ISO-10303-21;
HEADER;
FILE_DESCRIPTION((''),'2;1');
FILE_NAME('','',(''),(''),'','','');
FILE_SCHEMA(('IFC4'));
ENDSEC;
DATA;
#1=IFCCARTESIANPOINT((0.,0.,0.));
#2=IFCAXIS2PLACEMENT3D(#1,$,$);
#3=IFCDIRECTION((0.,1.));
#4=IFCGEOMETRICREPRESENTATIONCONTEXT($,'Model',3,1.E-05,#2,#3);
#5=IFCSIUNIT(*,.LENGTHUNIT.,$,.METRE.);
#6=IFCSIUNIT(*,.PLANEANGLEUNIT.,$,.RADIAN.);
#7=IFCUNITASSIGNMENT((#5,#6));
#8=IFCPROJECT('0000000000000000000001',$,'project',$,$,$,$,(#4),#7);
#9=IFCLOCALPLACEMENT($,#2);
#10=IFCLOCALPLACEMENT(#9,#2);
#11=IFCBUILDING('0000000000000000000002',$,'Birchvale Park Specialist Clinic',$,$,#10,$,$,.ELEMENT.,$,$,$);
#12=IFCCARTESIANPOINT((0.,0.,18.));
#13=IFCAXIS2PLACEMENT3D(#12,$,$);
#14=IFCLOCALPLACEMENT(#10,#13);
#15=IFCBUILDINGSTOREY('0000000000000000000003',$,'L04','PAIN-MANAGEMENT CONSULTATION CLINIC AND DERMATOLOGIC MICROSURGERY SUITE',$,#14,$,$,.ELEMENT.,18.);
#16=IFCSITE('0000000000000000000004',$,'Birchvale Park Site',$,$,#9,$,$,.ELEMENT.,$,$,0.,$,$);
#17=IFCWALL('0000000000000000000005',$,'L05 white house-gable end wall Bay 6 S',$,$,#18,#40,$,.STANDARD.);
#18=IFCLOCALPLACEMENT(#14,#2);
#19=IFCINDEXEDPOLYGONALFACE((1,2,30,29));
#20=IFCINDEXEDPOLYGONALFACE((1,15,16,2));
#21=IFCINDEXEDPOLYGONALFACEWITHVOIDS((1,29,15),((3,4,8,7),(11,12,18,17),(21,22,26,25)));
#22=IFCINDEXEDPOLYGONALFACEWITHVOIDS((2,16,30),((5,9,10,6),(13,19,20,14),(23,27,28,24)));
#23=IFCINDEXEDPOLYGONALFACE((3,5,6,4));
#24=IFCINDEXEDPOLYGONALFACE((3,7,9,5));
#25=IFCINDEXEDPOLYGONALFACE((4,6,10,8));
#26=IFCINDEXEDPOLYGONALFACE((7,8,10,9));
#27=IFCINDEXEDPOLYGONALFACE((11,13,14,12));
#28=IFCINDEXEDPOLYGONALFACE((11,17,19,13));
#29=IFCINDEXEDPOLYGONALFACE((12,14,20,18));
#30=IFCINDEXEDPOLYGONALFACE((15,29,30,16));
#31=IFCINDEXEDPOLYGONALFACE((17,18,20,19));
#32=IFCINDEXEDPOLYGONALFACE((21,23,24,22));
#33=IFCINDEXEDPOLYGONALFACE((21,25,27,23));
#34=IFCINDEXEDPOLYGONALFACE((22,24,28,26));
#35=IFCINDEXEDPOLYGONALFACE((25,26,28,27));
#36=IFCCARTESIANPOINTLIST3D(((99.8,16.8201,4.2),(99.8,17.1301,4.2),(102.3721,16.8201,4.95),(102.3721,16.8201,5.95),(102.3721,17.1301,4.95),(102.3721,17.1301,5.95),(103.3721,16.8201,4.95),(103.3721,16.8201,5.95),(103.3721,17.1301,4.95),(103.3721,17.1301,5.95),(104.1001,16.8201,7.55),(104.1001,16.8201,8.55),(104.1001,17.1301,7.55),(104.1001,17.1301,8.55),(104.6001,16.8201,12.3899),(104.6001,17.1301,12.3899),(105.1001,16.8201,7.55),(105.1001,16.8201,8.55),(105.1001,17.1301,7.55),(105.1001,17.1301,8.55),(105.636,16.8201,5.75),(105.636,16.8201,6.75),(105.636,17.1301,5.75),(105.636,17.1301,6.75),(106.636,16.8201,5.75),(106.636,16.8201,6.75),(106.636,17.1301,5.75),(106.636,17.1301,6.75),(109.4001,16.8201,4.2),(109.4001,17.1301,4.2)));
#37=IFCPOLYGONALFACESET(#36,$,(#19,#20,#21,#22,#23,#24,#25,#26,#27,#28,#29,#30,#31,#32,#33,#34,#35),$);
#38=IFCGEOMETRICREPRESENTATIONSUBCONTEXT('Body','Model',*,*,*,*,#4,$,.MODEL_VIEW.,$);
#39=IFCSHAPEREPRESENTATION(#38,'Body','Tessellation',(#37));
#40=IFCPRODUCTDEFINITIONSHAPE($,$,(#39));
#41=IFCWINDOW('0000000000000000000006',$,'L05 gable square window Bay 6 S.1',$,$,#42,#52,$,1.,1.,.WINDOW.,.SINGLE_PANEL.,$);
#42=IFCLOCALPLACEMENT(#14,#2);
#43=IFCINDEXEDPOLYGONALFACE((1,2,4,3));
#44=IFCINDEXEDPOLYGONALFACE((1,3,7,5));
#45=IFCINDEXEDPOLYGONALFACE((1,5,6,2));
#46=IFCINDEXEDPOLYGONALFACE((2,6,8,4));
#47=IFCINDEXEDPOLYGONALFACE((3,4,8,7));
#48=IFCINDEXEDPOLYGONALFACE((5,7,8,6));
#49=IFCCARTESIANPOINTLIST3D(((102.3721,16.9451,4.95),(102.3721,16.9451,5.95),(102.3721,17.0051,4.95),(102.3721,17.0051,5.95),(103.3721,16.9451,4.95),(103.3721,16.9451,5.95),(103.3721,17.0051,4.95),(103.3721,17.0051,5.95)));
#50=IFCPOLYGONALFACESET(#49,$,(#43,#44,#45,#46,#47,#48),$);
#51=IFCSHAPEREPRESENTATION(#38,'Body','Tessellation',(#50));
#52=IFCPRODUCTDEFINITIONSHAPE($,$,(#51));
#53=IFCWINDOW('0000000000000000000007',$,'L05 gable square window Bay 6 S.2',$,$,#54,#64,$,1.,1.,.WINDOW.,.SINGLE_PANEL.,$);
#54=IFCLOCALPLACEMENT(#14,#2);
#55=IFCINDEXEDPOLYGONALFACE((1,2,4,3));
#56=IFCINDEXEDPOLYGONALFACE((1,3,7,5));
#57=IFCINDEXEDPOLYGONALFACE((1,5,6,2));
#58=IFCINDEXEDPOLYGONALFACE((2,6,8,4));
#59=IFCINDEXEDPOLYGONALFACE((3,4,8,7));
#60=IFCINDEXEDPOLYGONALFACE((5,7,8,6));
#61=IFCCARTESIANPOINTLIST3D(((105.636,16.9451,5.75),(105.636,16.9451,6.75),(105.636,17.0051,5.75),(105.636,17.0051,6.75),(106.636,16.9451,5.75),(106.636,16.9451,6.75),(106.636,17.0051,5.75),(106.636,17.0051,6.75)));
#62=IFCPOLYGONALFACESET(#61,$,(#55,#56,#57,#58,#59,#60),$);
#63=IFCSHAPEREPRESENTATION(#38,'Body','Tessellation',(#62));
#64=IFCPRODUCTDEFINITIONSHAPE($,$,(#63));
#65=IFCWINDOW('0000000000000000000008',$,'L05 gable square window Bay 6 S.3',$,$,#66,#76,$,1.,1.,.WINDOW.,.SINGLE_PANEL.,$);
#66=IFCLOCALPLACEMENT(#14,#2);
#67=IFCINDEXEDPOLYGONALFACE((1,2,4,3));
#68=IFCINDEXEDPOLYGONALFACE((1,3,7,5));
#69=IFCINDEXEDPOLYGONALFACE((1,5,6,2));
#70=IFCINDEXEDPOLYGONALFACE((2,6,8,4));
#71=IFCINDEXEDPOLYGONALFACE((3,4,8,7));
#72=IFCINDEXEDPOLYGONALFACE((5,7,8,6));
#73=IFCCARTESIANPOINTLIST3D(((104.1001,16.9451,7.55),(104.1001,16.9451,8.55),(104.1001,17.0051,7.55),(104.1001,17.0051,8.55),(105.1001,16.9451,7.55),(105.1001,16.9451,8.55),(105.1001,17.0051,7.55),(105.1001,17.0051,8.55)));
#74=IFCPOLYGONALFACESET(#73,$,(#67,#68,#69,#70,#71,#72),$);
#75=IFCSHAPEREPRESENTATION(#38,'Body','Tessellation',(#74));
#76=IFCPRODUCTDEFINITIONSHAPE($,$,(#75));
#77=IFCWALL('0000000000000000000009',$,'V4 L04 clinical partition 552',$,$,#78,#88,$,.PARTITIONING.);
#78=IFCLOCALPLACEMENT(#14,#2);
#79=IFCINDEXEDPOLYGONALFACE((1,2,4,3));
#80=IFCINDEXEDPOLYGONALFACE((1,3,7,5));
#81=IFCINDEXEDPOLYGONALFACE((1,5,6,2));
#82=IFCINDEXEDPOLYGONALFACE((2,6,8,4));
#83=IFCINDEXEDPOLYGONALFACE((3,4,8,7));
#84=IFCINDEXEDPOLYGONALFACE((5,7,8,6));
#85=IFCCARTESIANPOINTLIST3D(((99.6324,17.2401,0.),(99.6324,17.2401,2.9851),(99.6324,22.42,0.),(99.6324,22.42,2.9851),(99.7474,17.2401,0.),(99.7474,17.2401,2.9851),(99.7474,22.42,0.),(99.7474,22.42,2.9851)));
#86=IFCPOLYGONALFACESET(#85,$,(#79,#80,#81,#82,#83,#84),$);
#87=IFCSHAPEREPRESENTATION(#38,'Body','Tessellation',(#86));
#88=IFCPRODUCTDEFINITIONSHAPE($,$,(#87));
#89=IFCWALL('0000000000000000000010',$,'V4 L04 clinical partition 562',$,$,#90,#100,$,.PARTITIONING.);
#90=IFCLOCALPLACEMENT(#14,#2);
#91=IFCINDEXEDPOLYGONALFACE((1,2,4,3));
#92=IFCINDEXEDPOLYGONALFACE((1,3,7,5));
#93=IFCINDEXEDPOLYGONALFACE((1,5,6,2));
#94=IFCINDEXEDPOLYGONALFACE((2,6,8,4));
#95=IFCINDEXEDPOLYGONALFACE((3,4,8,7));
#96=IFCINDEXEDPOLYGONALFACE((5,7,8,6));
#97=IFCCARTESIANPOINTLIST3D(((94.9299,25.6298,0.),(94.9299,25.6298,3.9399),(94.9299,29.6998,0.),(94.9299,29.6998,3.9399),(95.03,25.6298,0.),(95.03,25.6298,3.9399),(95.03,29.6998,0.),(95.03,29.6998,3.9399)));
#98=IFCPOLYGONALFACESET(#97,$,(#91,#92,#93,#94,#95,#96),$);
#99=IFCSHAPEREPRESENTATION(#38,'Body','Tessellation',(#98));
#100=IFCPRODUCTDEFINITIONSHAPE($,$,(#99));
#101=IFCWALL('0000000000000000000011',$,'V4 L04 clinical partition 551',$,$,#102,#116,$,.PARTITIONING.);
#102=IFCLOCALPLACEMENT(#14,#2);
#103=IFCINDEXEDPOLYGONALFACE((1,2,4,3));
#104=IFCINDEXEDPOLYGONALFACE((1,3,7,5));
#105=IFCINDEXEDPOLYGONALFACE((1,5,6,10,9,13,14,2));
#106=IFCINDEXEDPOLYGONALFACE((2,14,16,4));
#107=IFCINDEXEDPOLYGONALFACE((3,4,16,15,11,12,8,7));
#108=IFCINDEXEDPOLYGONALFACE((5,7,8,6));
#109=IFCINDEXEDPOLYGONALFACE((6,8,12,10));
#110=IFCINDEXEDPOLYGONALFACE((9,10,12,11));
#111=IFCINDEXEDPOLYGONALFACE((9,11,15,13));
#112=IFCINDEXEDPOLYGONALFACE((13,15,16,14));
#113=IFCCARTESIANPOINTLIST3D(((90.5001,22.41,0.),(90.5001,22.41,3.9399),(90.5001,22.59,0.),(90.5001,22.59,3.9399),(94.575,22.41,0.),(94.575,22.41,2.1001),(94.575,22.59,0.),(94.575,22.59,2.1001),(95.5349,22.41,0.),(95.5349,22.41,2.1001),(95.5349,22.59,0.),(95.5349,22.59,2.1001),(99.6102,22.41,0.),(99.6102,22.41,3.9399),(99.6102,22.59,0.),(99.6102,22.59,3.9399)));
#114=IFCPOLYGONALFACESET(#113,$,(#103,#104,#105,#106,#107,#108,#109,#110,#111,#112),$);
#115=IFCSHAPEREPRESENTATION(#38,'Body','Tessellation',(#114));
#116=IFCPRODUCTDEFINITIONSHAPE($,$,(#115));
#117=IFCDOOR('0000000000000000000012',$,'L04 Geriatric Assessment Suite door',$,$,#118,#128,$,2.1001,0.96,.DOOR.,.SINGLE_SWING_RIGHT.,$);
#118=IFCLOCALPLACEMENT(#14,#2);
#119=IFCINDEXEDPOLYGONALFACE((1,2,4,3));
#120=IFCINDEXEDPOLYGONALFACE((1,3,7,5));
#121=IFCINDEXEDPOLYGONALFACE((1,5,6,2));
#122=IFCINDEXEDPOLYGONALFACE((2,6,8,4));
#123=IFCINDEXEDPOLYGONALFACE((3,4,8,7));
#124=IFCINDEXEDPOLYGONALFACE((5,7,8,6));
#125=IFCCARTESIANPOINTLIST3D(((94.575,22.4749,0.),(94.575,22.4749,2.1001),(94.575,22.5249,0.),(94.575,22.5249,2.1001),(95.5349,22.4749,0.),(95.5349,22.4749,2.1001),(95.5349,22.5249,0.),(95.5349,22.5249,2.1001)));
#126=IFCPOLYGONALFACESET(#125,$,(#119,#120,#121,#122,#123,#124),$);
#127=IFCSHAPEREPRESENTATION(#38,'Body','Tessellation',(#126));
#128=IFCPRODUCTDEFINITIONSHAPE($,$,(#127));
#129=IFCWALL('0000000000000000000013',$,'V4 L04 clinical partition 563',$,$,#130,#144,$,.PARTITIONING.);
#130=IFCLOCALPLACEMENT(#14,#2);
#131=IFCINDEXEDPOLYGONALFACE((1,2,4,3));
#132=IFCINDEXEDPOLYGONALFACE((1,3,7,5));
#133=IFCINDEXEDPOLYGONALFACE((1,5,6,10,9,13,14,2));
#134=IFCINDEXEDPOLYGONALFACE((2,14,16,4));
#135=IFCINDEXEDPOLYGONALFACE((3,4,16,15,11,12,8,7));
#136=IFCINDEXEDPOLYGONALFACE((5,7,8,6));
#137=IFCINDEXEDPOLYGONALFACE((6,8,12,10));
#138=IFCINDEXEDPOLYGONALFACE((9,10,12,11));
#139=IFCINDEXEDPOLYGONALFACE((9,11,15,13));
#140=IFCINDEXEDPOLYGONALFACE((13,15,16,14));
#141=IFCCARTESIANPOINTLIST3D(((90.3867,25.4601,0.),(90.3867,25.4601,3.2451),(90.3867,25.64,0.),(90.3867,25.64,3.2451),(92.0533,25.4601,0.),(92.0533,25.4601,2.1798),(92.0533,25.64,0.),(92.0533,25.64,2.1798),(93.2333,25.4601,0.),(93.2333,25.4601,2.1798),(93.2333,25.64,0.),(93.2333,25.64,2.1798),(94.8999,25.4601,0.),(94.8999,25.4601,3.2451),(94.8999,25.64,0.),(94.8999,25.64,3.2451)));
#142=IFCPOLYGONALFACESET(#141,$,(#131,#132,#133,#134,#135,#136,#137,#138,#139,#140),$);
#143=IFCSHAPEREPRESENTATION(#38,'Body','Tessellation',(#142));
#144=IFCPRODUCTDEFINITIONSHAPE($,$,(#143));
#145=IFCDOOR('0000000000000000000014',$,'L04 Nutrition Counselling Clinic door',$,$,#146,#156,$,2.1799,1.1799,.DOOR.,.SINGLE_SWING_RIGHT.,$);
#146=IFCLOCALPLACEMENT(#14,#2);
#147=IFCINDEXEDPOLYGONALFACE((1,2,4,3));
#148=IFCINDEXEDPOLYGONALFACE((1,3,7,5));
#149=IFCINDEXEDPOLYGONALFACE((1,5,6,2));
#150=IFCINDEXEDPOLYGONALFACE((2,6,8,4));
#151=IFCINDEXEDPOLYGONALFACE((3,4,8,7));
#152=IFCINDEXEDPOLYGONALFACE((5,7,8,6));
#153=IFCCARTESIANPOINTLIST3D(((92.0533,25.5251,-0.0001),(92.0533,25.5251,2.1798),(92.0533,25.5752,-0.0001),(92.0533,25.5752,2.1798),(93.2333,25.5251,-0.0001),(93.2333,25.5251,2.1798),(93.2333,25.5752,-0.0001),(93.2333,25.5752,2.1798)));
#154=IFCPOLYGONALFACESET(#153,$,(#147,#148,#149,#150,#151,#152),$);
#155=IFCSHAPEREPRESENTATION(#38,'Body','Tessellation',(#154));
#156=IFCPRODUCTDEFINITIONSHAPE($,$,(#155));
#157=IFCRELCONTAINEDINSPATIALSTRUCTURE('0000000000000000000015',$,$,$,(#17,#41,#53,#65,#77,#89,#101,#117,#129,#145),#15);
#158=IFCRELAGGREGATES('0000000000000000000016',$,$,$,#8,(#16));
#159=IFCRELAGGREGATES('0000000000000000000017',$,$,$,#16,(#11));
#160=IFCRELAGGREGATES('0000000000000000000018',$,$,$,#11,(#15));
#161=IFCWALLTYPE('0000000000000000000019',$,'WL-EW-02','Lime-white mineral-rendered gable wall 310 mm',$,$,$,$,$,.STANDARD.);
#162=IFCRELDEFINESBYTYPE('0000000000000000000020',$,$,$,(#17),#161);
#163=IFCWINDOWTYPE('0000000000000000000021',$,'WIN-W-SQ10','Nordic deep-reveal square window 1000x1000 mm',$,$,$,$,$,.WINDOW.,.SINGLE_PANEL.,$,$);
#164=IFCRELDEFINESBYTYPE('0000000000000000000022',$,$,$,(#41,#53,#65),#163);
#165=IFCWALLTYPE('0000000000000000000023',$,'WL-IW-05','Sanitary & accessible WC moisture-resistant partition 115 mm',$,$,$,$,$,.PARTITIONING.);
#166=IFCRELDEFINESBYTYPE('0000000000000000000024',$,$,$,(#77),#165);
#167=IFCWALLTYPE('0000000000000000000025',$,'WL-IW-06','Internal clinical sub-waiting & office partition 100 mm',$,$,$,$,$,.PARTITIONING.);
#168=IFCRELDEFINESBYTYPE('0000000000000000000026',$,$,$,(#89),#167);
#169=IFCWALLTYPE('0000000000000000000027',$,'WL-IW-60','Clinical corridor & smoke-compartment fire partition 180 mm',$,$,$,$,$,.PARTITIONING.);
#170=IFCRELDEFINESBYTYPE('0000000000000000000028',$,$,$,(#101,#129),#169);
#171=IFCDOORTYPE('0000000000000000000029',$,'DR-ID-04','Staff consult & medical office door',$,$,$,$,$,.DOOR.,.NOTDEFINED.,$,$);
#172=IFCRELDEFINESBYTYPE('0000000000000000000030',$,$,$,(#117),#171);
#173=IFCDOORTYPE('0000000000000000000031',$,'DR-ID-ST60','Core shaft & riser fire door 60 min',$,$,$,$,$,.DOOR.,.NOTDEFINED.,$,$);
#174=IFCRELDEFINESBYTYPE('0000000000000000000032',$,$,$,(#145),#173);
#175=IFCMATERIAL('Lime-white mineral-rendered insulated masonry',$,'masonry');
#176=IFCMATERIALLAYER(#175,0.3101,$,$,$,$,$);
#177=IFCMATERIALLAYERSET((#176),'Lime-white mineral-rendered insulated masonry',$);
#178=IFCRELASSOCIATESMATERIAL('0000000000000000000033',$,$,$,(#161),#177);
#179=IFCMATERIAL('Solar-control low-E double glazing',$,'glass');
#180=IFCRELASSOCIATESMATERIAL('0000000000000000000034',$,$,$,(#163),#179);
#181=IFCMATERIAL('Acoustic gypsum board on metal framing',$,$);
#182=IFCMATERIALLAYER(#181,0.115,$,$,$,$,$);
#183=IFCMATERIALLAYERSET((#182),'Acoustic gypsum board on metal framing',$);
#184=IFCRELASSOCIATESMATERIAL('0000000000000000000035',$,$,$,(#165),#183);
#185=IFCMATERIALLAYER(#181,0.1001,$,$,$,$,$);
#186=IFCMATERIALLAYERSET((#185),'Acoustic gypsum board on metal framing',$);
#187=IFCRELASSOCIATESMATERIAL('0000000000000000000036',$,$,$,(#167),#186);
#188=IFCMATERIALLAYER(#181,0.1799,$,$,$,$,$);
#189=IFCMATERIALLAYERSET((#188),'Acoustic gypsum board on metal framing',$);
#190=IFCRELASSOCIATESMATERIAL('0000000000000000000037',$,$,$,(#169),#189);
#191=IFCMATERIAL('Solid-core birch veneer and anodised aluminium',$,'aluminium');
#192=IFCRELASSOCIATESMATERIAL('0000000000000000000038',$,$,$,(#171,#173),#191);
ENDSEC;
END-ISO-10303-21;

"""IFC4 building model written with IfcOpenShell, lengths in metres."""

from ifc_helpers import new_model, si_unit, direction, frame, frame_2d, origin, place, context, subcontext, project, spatial, polyline, rectangle, outline, extrude, material, layer, layer_set, type_object, element, fill, save


model = new_model("IFC4")

# Units and contexts
model_context = context("Model", 3, precision=1e-05, world=origin(), true_north=direction((0.0, 1.0)))
body_context = subcontext(model_context, "Body", "Model", "MODEL_VIEW")
ifc_project = project(units=[si_unit("LENGTHUNIT", "METRE"), si_unit("PLANEANGLEUNIT", "RADIAN")], contexts=[model_context])

# Site, building, storey
site_placement = place(None, origin())
site = spatial("IfcSite", under=ifc_project, at=site_placement, Name="Birchvale Park Site", CompositionType="ELEMENT", RefElevation=0.0)
building_placement = place(site_placement, origin())
building = spatial("IfcBuilding", under=site, at=building_placement, Name="Birchvale Park Specialist Clinic", CompositionType="ELEMENT")
storey_placement = place(building_placement, frame((0.0, 0.0, 18.0)))
storey = spatial("IfcBuildingStorey", under=building, at=storey_placement, Name="L04", Description="PAIN-MANAGEMENT CONSULTATION CLINIC AND DERMATOLOGIC MICROSURGERY SUITE", CompositionType="ELEMENT", Elevation=18.0)

# Shared definitions
ifc_material_1 = material(Name="Solid-core birch veneer and anodised aluminium", Category="aluminium")

# Wall, openings, windows
ifc_material_2 = material(Name="Lime-white mineral-rendered insulated masonry", Category="masonry")
ifc_layer_1 = layer(ifc_material_2, 0.3101)
ifc_layer_set_1 = layer_set([ifc_layer_1], Name="Lime-white mineral-rendered insulated masonry")
wall_type_1 = type_object("IfcWallType", Name="WL-EW-02", Description="Lime-white mineral-rendered gable wall 310 mm", PredefinedType="STANDARD", material=ifc_layer_set_1)
wall_1_placement = place(storey_placement, frame((99.8, 16.9751, 4.2), z_axis=(0.0, 0.0, 1.0), x_axis=(1.0, 0.0, 0.0)))
wall_1 = element("IfcWall", 1, at=wall_1_placement, inside=storey, type_object=wall_type_1, Name="L05 white house-gable end wall Bay 6 S", PredefinedType="STANDARD", context=body_context, shape_type="SweptSolid", body=[
    extrude(outline(polyline([(0.0, 0.0), (9.5999, 0.0), (9.6001, 0.0), (4.8, 8.1899), (0.0, 0.0), (0.0, 0.0)])), frame((0.0, 0.155, 0.0), z_axis=(0.0, -1.0, 0.0), x_axis=(1.0, 0.0, 0.0)), (0.0, 0.0, 1.0), 0.3101),
])
opening_1_placement = place(wall_1_placement, frame((2.572, 0.0, 0.75)))
opening_1 = element("IfcOpeningElement", 2, at=opening_1_placement, cuts=wall_1, PredefinedType="OPENING", context=body_context, shape_type="SweptSolid", body=[
    extrude(rectangle(XDim=1.0, YDim=1.0, at=frame_2d((0.5, 0.5))), frame((0.0, 0.165, 0.0), z_axis=(0.0, -1.0, 0.0), x_axis=(1.0, 0.0, 0.0)), (0.0, 0.0, 1.0), 0.3301),
])
opening_2_placement = place(wall_1_placement, frame((5.8359, 0.0, 1.55)))
opening_2 = element("IfcOpeningElement", 3, at=opening_2_placement, cuts=wall_1, PredefinedType="OPENING", context=body_context, shape_type="SweptSolid", body=[
    extrude(rectangle(XDim=1.0, YDim=1.0, at=frame_2d((0.5, 0.5))), frame((0.0, 0.165, 0.0), z_axis=(0.0, -1.0, 0.0), x_axis=(1.0, 0.0, 0.0)), (0.0, 0.0, 1.0), 0.3301),
])
opening_3_placement = place(wall_1_placement, frame((4.3, 0.0, 3.3501)))
opening_3 = element("IfcOpeningElement", 4, at=opening_3_placement, cuts=wall_1, PredefinedType="OPENING", context=body_context, shape_type="SweptSolid", body=[
    extrude(rectangle(XDim=1.0, YDim=1.0, at=frame_2d((0.5, 0.5))), frame((0.0, 0.165, 0.0), z_axis=(0.0, -1.0, 0.0), x_axis=(1.0, 0.0, 0.0)), (0.0, 0.0, 1.0), 0.3301),
])
ifc_material_3 = material(Name="Solar-control low-E double glazing", Category="glass")
window_type = type_object("IfcWindowType", Name="WIN-W-SQ10", Description="Nordic deep-reveal square window 1000x1000 mm", PartitioningType="SINGLE_PANEL", PredefinedType="WINDOW", material=ifc_material_3)
window_1_placement = place(opening_1_placement, origin())
window_1 = element("IfcWindow", 5, at=window_1_placement, inside=storey, type_object=window_type, Name="L05 gable square window Bay 6 S.1", OverallHeight=1.0, OverallWidth=1.0, PartitioningType="SINGLE_PANEL", PredefinedType="WINDOW", context=body_context, shape_type="SweptSolid", body=[
    extrude(rectangle(XDim=1.0, YDim=1.0, at=frame_2d((0.5, 0.5))), frame((0.0, 0.03, 0.0), z_axis=(0.0, -1.0, 0.0), x_axis=(1.0, 0.0, 0.0)), (0.0, 0.0, 1.0), 0.0601),
])
fill(opening_1, window_1)
window_2_placement = place(opening_2_placement, origin())
window_2 = element("IfcWindow", 6, at=window_2_placement, inside=storey, type_object=window_type, Name="L05 gable square window Bay 6 S.2", OverallHeight=1.0, OverallWidth=1.0, PartitioningType="SINGLE_PANEL", PredefinedType="WINDOW", context=body_context, shape_type="SweptSolid", body=[
    extrude(rectangle(XDim=1.0, YDim=1.0, at=frame_2d((0.5, 0.5))), frame((0.0, 0.03, 0.0), z_axis=(0.0, -1.0, 0.0), x_axis=(1.0, 0.0, 0.0)), (0.0, 0.0, 1.0), 0.0601),
])
fill(opening_2, window_2)
window_3_placement = place(opening_3_placement, origin())
window_3 = element("IfcWindow", 7, at=window_3_placement, inside=storey, type_object=window_type, Name="L05 gable square window Bay 6 S.3", OverallHeight=1.0, OverallWidth=1.0, PartitioningType="SINGLE_PANEL", PredefinedType="WINDOW", context=body_context, shape_type="SweptSolid", body=[
    extrude(rectangle(XDim=1.0, YDim=1.0, at=frame_2d((0.5, 0.5))), frame((0.0, 0.03, 0.0), z_axis=(0.0, -1.0, 0.0), x_axis=(1.0, 0.0, 0.0)), (0.0, 0.0, 1.0), 0.0601),
])
fill(opening_3, window_3)

# Walls
ifc_material_4 = material(Name="Acoustic gypsum board on metal framing")
ifc_layer_2 = layer(ifc_material_4, 0.115)
ifc_layer_set_2 = layer_set([ifc_layer_2], Name="Acoustic gypsum board on metal framing")
wall_type_2 = type_object("IfcWallType", Name="WL-IW-05", Description="Sanitary & accessible WC moisture-resistant partition 115 mm", PredefinedType="PARTITIONING", material=ifc_layer_set_2)
wall_2_placement = place(storey_placement, frame((99.6899, 22.4199, 0.0), z_axis=(0.0, 0.0, 1.0), x_axis=(0.0, -1.0, 0.0)))
element("IfcWall", 8, at=wall_2_placement, inside=storey, type_object=wall_type_2, Name="V4 L04 clinical partition 552", PredefinedType="PARTITIONING", context=body_context, shape_type="SweptSolid", body=[
    extrude(rectangle(XDim=5.1799, YDim=0.115, at=frame_2d((2.5898, 0.0))), origin(), (0.0, 0.0, 1.0), 2.9851),
])
ifc_layer_3 = layer(ifc_material_4, 0.1001)
ifc_layer_set_3 = layer_set([ifc_layer_3], Name="Acoustic gypsum board on metal framing")
wall_type_3 = type_object("IfcWallType", Name="WL-IW-06", Description="Internal clinical sub-waiting & office partition 100 mm", PredefinedType="PARTITIONING", material=ifc_layer_set_3)
wall_3_placement = place(storey_placement, frame((94.98, 29.7, 0.0), z_axis=(0.0, 0.0, 1.0), x_axis=(0.0, -1.0, 0.0)))
element("IfcWall", 9, at=wall_3_placement, inside=storey, type_object=wall_type_3, Name="V4 L04 clinical partition 562", PredefinedType="PARTITIONING", context=body_context, shape_type="SweptSolid", body=[
    extrude(rectangle(XDim=4.0701, YDim=0.1001, at=frame_2d((2.0352, 0.0))), origin(), (0.0, 0.0, 1.0), 3.9399),
])

# Walls, openings, doors
ifc_layer_4 = layer(ifc_material_4, 0.1799)
ifc_layer_set_4 = layer_set([ifc_layer_4], Name="Acoustic gypsum board on metal framing")
wall_type_4 = type_object("IfcWallType", Name="WL-IW-60", Description="Clinical corridor & smoke-compartment fire partition 180 mm", PredefinedType="PARTITIONING", material=ifc_layer_set_4)
wall_4_placement = place(storey_placement, frame((90.5, 22.5, 0.0), z_axis=(0.0, 0.0, 1.0), x_axis=(1.0, 0.0, 0.0)))
wall_4 = element("IfcWall", 10, at=wall_4_placement, inside=storey, type_object=wall_type_4, Name="V4 L04 clinical partition 551", PredefinedType="PARTITIONING", context=body_context, shape_type="SweptSolid", body=[
    extrude(rectangle(XDim=9.1101, YDim=0.1799, at=frame_2d((4.5552, 0.0))), origin(), (0.0, 0.0, 1.0), 3.9399),
])
opening_4_placement = place(wall_4_placement, frame((4.075, 0.0, 0.0)))
opening_4 = element("IfcOpeningElement", 11, at=opening_4_placement, cuts=wall_4, PredefinedType="OPENING", context=body_context, shape_type="SweptSolid", body=[
    extrude(rectangle(XDim=0.96, YDim=2.1001, at=frame_2d((0.48, 1.05))), frame((0.0, 0.1001, 0.0), z_axis=(0.0, -1.0, 0.0), x_axis=(1.0, 0.0, 0.0)), (0.0, 0.0, 1.0), 0.2),
])
door_type_1 = type_object("IfcDoorType", Name="DR-ID-04", Description="Staff consult & medical office door", OperationType="NOTDEFINED", PredefinedType="DOOR", material=ifc_material_1)
door_1_placement = place(opening_4_placement, origin())
door_1 = element("IfcDoor", 12, at=door_1_placement, inside=storey, type_object=door_type_1, Name="L04 Geriatric Assessment Suite door", OperationType="SINGLE_SWING_RIGHT", OverallHeight=2.1001, OverallWidth=0.96, PredefinedType="DOOR", context=body_context, shape_type="SweptSolid", body=[
    extrude(rectangle(XDim=0.96, YDim=2.1001, at=frame_2d((0.48, 1.05))), frame((0.0, 0.0249, 0.0), z_axis=(0.0, -1.0, 0.0), x_axis=(1.0, 0.0, 0.0)), (0.0, 0.0, 1.0), 0.05),
])
fill(opening_4, door_1)
wall_5_placement = place(storey_placement, frame((94.8999, 25.55, 0.0), z_axis=(0.0, 0.0, 1.0), x_axis=(-1.0, 0.0, 0.0)))
wall_5 = element("IfcWall", 13, at=wall_5_placement, inside=storey, type_object=wall_type_4, Name="V4 L04 clinical partition 563", PredefinedType="PARTITIONING", context=body_context, shape_type="SweptSolid", body=[
    extrude(rectangle(XDim=4.5132, YDim=0.1799, at=frame_2d((2.2566, 0.0))), origin(), (0.0, 0.0, 1.0), 3.2451),
])
opening_5_placement = place(wall_5_placement, frame((1.6667, 0.0, 0.0)))
opening_5 = element("IfcOpeningElement", 14, at=opening_5_placement, cuts=wall_5, PredefinedType="OPENING", context=body_context, shape_type="SweptSolid", body=[
    extrude(rectangle(XDim=1.1799, YDim=2.1799, at=frame_2d((0.5898, 1.0898))), frame((0.0, 0.1001, 0.0), z_axis=(0.0, -1.0, 0.0), x_axis=(1.0, 0.0, 0.0)), (0.0, 0.0, 1.0), 0.2),
])
door_type_2 = type_object("IfcDoorType", Name="DR-ID-ST60", Description="Core shaft & riser fire door 60 min", OperationType="NOTDEFINED", PredefinedType="DOOR", material=ifc_material_1)
door_2_placement = place(opening_5_placement, origin())
door_2 = element("IfcDoor", 15, at=door_2_placement, inside=storey, type_object=door_type_2, Name="L04 Nutrition Counselling Clinic door", OperationType="SINGLE_SWING_RIGHT", OverallHeight=2.1799, OverallWidth=1.1799, PredefinedType="DOOR", context=body_context, shape_type="SweptSolid", body=[
    extrude(rectangle(XDim=1.1799, YDim=2.1799, at=frame_2d((0.5898, 1.0898))), frame((0.0, 0.0249, 0.0), z_axis=(0.0, -1.0, 0.0), x_axis=(1.0, 0.0, 0.0)), (0.0, 0.0, 1.0), 0.05),
])
fill(opening_5, door_2)

save(model, "model.ifc")
